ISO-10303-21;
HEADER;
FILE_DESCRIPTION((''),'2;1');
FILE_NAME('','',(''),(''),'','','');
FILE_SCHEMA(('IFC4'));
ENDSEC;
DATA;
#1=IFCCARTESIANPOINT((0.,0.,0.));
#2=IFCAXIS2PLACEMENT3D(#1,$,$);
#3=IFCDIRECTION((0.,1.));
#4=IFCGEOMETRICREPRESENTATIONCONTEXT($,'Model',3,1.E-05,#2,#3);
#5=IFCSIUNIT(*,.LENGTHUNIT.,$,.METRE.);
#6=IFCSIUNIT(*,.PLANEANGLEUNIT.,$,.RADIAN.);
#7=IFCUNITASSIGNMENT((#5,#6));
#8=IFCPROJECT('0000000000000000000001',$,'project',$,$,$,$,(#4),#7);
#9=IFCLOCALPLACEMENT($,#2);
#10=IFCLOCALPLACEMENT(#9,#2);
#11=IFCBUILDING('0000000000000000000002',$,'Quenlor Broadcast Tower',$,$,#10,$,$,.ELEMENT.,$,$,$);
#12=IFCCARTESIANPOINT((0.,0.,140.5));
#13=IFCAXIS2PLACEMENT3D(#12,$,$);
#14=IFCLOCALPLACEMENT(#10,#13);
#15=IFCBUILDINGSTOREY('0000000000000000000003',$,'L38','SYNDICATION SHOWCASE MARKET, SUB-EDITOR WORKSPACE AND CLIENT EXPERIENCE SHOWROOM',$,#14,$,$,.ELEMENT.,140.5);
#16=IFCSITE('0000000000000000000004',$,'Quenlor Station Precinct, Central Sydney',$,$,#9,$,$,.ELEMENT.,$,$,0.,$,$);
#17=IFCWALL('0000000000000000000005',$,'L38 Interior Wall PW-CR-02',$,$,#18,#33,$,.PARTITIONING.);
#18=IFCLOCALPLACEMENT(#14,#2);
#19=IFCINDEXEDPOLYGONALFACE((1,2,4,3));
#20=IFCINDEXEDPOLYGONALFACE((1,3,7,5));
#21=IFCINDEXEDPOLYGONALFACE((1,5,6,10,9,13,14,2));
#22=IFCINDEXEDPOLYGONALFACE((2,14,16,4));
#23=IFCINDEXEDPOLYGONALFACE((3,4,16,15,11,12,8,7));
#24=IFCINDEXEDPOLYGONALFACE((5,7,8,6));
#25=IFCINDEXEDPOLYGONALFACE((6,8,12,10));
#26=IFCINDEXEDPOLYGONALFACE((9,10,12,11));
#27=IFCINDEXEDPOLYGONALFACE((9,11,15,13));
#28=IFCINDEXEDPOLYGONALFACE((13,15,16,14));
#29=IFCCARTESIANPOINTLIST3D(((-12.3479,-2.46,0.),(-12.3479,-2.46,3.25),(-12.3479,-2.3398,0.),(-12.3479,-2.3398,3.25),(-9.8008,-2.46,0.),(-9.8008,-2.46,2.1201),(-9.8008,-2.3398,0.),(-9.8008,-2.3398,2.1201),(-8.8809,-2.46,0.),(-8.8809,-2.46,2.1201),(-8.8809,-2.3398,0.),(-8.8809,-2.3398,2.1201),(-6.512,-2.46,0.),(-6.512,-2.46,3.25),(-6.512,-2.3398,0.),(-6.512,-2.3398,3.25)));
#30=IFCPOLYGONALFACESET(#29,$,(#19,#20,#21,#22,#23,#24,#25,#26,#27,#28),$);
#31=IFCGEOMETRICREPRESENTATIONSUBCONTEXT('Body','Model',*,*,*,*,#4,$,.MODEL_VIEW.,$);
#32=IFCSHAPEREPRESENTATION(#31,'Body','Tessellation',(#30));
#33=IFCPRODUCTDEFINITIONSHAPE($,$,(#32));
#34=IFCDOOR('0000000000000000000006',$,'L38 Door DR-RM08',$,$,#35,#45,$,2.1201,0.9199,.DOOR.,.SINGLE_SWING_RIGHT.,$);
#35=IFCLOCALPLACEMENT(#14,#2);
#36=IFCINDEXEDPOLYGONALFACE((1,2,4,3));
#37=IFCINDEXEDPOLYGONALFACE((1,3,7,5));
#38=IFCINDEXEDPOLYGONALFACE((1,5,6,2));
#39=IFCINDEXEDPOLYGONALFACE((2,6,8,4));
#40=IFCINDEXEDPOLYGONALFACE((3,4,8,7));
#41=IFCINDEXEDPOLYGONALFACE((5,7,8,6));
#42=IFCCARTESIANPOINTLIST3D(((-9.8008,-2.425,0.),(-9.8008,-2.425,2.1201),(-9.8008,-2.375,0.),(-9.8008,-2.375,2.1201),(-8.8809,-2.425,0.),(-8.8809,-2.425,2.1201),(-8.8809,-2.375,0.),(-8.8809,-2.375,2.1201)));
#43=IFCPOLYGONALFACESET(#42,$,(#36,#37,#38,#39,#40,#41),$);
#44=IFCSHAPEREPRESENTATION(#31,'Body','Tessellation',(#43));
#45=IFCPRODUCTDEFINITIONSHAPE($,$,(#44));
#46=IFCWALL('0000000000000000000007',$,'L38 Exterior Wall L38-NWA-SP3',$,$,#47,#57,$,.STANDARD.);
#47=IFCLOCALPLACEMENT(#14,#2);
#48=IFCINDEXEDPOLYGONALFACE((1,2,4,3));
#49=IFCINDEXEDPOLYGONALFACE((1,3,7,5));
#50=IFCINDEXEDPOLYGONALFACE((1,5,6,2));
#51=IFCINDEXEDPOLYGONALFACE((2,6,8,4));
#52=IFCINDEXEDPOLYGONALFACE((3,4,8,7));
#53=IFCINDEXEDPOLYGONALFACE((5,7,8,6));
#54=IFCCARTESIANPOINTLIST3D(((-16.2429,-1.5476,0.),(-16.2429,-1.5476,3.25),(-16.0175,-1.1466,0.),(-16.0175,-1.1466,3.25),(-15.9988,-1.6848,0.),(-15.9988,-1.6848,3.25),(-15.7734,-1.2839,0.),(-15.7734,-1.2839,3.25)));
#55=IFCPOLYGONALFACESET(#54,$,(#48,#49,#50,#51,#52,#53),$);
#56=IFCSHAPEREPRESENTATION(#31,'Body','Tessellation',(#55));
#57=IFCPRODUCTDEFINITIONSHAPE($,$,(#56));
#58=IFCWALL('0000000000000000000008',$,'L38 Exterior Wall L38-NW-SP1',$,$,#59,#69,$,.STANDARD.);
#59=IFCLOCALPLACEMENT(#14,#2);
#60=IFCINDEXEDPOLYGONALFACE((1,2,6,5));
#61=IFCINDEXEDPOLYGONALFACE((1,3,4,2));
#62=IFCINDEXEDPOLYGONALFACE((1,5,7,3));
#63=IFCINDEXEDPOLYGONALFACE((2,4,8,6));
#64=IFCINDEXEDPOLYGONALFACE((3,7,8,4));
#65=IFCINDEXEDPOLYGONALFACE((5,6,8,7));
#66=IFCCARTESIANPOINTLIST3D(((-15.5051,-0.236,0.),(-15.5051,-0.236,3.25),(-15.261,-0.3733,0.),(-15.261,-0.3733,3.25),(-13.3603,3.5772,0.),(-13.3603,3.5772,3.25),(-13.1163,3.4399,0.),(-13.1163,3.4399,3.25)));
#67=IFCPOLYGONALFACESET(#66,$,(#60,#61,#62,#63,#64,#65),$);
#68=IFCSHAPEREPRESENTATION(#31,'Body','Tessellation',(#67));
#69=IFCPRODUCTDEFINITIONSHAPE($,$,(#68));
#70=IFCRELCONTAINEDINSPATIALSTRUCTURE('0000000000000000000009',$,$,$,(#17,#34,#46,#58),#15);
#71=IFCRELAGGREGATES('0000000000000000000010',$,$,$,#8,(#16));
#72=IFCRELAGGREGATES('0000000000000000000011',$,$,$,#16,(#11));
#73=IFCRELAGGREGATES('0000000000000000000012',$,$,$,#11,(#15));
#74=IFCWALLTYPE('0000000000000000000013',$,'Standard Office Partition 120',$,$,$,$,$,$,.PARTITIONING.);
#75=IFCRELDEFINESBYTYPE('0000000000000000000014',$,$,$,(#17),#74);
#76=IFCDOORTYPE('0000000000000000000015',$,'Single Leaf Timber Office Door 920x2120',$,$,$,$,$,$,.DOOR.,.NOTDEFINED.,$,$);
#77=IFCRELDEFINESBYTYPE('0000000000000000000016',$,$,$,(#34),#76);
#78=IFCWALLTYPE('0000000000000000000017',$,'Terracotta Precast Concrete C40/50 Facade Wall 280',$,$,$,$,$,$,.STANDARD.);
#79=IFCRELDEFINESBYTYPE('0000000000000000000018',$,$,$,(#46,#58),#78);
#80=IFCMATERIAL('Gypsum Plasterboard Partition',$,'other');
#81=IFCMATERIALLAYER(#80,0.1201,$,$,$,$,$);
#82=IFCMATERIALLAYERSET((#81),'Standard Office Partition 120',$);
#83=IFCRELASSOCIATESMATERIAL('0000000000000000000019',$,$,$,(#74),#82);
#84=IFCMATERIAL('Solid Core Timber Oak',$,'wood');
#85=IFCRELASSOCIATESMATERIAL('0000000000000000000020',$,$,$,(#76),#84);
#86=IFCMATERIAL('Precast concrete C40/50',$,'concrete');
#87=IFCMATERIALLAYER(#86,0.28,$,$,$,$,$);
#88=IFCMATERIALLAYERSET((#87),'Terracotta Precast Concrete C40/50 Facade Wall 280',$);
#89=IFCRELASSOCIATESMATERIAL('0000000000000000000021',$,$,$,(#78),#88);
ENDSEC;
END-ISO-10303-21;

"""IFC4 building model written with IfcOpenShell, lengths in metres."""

from ifc_helpers import new_model, si_unit, direction, frame, frame_2d, origin, place, context, subcontext, project, spatial, rectangle, extrude, material, layer, layer_set, type_object, element, fill, save


model = new_model("IFC4")

# Units and contexts
model_context = context("Model", 3, precision=1e-05, world=origin(), true_north=direction((0.0, 1.0)))
body_context = subcontext(model_context, "Body", "Model", "MODEL_VIEW")
ifc_project = project(units=[si_unit("LENGTHUNIT", "METRE"), si_unit("PLANEANGLEUNIT", "RADIAN")], contexts=[model_context])

# Site, building, storey
site_placement = place(None, origin())
site = spatial("IfcSite", under=ifc_project, at=site_placement, Name="Quenlor Station Precinct, Central Sydney", CompositionType="ELEMENT", RefElevation=0.0)
building_placement = place(site_placement, origin())
building = spatial("IfcBuilding", under=site, at=building_placement, Name="Quenlor Broadcast Tower", CompositionType="ELEMENT")
storey_placement = place(building_placement, frame((0.0, 0.0, 140.5)))
storey = spatial("IfcBuildingStorey", under=building, at=storey_placement, Name="L38", Description="SYNDICATION SHOWCASE MARKET, SUB-EDITOR WORKSPACE AND CLIENT EXPERIENCE SHOWROOM", CompositionType="ELEMENT", Elevation=140.5)

# Shared definitions
ifc_material_1 = material(Name="Gypsum Plasterboard Partition", Category="other")
ifc_layer_1 = layer(ifc_material_1, 0.1201)
ifc_layer_set_1 = layer_set([ifc_layer_1], Name="Standard Office Partition 120")
wall_type_1 = type_object("IfcWallType", Name="Standard Office Partition 120", PredefinedType="PARTITIONING", material=ifc_layer_set_1)

# Wall, opening, door
wall_1_placement = place(storey_placement, frame((-12.3479, -2.3999, 0.0), z_axis=(0.0, 0.0, 1.0), x_axis=(1.0, 0.0, 0.0)))
wall_1 = element("IfcWall", 1, at=wall_1_placement, inside=storey, type_object=wall_type_1, Name="L38 Interior Wall PW-CR-02", PredefinedType="PARTITIONING", context=body_context, shape_type="SweptSolid", body=[
    extrude(rectangle(XDim=5.8359, YDim=0.1201, at=frame_2d((2.918, 0.0))), origin(), (0.0, 0.0, 1.0), 3.25),
])
opening_1_placement = place(wall_1_placement, frame((2.5471, 0.0, 0.0)))
opening_1 = element("IfcOpeningElement", 2, at=opening_1_placement, cuts=wall_1, PredefinedType="OPENING", context=body_context, shape_type="SweptSolid", body=[
    extrude(rectangle(XDim=0.9199, YDim=2.1201, at=frame_2d((0.46, 1.0601))), frame((0.0, 0.0701, 0.0), z_axis=(0.0, -1.0, 0.0), x_axis=(1.0, 0.0, 0.0)), (0.0, 0.0, 1.0), 0.1401),
])
ifc_material_2 = material(Name="Solid Core Timber Oak", Category="wood")
door_type_1 = type_object("IfcDoorType", Name="Single Leaf Timber Office Door 920x2120", OperationType="NOTDEFINED", PredefinedType="DOOR", material=ifc_material_2)
door_1_placement = place(opening_1_placement, origin())
door_1 = element("IfcDoor", 3, at=door_1_placement, inside=storey, type_object=door_type_1, Name="L38 Door DR-RM08", OperationType="SINGLE_SWING_RIGHT", OverallHeight=2.1201, OverallWidth=0.9199, PredefinedType="DOOR", context=body_context, shape_type="SweptSolid", body=[
    extrude(rectangle(XDim=0.9199, YDim=2.1201, at=frame_2d((0.46, 1.0601))), frame((0.0, 0.0249, 0.0), z_axis=(0.0, -1.0, 0.0), x_axis=(1.0, 0.0, 0.0)), (0.0, 0.0, 1.0), 0.05),
])
fill(opening_1, door_1)

# Walls
ifc_material_3 = material(Name="Precast concrete C40/50", Category="concrete")
ifc_layer_2 = layer(ifc_material_3, 0.28)
ifc_layer_set_2 = layer_set([ifc_layer_2], Name="Terracotta Precast Concrete C40/50 Facade Wall 280")
wall_type_2 = type_object("IfcWallType", Name="Terracotta Precast Concrete C40/50 Facade Wall 280", PredefinedType="STANDARD", material=ifc_layer_set_2)
wall_2_placement = place(storey_placement, frame((-16.1208, -1.6162, 0.0), z_axis=(0.0, 0.0, 1.0), x_axis=(0.490009, 0.871717, 0.0)))
element("IfcWall", 4, at=wall_2_placement, inside=storey, type_object=wall_type_2, Name="L38 Exterior Wall L38-NWA-SP3", PredefinedType="STANDARD", context=body_context, shape_type="SweptSolid", body=[
    extrude(rectangle(XDim=0.46, YDim=0.28, at=frame_2d((0.23, 0.0))), origin(), (0.0, 0.0, 1.0), 3.25),
])
wall_3_placement = place(storey_placement, frame((-15.3831, -0.3047, 0.0), z_axis=(0.0, 0.0, 1.0), x_axis=(0.490232, 0.871592, 0.0)))
element("IfcWall", 5, at=wall_3_placement, inside=storey, type_object=wall_type_2, Name="L38 Exterior Wall L38-NW-SP1", PredefinedType="STANDARD", context=body_context, shape_type="SweptSolid", body=[
    extrude(rectangle(XDim=4.375, YDim=0.28, at=frame_2d((2.1875, 0.0))), origin(), (0.0, 0.0, 1.0), 3.25),
])

save(model, "model.ifc")
